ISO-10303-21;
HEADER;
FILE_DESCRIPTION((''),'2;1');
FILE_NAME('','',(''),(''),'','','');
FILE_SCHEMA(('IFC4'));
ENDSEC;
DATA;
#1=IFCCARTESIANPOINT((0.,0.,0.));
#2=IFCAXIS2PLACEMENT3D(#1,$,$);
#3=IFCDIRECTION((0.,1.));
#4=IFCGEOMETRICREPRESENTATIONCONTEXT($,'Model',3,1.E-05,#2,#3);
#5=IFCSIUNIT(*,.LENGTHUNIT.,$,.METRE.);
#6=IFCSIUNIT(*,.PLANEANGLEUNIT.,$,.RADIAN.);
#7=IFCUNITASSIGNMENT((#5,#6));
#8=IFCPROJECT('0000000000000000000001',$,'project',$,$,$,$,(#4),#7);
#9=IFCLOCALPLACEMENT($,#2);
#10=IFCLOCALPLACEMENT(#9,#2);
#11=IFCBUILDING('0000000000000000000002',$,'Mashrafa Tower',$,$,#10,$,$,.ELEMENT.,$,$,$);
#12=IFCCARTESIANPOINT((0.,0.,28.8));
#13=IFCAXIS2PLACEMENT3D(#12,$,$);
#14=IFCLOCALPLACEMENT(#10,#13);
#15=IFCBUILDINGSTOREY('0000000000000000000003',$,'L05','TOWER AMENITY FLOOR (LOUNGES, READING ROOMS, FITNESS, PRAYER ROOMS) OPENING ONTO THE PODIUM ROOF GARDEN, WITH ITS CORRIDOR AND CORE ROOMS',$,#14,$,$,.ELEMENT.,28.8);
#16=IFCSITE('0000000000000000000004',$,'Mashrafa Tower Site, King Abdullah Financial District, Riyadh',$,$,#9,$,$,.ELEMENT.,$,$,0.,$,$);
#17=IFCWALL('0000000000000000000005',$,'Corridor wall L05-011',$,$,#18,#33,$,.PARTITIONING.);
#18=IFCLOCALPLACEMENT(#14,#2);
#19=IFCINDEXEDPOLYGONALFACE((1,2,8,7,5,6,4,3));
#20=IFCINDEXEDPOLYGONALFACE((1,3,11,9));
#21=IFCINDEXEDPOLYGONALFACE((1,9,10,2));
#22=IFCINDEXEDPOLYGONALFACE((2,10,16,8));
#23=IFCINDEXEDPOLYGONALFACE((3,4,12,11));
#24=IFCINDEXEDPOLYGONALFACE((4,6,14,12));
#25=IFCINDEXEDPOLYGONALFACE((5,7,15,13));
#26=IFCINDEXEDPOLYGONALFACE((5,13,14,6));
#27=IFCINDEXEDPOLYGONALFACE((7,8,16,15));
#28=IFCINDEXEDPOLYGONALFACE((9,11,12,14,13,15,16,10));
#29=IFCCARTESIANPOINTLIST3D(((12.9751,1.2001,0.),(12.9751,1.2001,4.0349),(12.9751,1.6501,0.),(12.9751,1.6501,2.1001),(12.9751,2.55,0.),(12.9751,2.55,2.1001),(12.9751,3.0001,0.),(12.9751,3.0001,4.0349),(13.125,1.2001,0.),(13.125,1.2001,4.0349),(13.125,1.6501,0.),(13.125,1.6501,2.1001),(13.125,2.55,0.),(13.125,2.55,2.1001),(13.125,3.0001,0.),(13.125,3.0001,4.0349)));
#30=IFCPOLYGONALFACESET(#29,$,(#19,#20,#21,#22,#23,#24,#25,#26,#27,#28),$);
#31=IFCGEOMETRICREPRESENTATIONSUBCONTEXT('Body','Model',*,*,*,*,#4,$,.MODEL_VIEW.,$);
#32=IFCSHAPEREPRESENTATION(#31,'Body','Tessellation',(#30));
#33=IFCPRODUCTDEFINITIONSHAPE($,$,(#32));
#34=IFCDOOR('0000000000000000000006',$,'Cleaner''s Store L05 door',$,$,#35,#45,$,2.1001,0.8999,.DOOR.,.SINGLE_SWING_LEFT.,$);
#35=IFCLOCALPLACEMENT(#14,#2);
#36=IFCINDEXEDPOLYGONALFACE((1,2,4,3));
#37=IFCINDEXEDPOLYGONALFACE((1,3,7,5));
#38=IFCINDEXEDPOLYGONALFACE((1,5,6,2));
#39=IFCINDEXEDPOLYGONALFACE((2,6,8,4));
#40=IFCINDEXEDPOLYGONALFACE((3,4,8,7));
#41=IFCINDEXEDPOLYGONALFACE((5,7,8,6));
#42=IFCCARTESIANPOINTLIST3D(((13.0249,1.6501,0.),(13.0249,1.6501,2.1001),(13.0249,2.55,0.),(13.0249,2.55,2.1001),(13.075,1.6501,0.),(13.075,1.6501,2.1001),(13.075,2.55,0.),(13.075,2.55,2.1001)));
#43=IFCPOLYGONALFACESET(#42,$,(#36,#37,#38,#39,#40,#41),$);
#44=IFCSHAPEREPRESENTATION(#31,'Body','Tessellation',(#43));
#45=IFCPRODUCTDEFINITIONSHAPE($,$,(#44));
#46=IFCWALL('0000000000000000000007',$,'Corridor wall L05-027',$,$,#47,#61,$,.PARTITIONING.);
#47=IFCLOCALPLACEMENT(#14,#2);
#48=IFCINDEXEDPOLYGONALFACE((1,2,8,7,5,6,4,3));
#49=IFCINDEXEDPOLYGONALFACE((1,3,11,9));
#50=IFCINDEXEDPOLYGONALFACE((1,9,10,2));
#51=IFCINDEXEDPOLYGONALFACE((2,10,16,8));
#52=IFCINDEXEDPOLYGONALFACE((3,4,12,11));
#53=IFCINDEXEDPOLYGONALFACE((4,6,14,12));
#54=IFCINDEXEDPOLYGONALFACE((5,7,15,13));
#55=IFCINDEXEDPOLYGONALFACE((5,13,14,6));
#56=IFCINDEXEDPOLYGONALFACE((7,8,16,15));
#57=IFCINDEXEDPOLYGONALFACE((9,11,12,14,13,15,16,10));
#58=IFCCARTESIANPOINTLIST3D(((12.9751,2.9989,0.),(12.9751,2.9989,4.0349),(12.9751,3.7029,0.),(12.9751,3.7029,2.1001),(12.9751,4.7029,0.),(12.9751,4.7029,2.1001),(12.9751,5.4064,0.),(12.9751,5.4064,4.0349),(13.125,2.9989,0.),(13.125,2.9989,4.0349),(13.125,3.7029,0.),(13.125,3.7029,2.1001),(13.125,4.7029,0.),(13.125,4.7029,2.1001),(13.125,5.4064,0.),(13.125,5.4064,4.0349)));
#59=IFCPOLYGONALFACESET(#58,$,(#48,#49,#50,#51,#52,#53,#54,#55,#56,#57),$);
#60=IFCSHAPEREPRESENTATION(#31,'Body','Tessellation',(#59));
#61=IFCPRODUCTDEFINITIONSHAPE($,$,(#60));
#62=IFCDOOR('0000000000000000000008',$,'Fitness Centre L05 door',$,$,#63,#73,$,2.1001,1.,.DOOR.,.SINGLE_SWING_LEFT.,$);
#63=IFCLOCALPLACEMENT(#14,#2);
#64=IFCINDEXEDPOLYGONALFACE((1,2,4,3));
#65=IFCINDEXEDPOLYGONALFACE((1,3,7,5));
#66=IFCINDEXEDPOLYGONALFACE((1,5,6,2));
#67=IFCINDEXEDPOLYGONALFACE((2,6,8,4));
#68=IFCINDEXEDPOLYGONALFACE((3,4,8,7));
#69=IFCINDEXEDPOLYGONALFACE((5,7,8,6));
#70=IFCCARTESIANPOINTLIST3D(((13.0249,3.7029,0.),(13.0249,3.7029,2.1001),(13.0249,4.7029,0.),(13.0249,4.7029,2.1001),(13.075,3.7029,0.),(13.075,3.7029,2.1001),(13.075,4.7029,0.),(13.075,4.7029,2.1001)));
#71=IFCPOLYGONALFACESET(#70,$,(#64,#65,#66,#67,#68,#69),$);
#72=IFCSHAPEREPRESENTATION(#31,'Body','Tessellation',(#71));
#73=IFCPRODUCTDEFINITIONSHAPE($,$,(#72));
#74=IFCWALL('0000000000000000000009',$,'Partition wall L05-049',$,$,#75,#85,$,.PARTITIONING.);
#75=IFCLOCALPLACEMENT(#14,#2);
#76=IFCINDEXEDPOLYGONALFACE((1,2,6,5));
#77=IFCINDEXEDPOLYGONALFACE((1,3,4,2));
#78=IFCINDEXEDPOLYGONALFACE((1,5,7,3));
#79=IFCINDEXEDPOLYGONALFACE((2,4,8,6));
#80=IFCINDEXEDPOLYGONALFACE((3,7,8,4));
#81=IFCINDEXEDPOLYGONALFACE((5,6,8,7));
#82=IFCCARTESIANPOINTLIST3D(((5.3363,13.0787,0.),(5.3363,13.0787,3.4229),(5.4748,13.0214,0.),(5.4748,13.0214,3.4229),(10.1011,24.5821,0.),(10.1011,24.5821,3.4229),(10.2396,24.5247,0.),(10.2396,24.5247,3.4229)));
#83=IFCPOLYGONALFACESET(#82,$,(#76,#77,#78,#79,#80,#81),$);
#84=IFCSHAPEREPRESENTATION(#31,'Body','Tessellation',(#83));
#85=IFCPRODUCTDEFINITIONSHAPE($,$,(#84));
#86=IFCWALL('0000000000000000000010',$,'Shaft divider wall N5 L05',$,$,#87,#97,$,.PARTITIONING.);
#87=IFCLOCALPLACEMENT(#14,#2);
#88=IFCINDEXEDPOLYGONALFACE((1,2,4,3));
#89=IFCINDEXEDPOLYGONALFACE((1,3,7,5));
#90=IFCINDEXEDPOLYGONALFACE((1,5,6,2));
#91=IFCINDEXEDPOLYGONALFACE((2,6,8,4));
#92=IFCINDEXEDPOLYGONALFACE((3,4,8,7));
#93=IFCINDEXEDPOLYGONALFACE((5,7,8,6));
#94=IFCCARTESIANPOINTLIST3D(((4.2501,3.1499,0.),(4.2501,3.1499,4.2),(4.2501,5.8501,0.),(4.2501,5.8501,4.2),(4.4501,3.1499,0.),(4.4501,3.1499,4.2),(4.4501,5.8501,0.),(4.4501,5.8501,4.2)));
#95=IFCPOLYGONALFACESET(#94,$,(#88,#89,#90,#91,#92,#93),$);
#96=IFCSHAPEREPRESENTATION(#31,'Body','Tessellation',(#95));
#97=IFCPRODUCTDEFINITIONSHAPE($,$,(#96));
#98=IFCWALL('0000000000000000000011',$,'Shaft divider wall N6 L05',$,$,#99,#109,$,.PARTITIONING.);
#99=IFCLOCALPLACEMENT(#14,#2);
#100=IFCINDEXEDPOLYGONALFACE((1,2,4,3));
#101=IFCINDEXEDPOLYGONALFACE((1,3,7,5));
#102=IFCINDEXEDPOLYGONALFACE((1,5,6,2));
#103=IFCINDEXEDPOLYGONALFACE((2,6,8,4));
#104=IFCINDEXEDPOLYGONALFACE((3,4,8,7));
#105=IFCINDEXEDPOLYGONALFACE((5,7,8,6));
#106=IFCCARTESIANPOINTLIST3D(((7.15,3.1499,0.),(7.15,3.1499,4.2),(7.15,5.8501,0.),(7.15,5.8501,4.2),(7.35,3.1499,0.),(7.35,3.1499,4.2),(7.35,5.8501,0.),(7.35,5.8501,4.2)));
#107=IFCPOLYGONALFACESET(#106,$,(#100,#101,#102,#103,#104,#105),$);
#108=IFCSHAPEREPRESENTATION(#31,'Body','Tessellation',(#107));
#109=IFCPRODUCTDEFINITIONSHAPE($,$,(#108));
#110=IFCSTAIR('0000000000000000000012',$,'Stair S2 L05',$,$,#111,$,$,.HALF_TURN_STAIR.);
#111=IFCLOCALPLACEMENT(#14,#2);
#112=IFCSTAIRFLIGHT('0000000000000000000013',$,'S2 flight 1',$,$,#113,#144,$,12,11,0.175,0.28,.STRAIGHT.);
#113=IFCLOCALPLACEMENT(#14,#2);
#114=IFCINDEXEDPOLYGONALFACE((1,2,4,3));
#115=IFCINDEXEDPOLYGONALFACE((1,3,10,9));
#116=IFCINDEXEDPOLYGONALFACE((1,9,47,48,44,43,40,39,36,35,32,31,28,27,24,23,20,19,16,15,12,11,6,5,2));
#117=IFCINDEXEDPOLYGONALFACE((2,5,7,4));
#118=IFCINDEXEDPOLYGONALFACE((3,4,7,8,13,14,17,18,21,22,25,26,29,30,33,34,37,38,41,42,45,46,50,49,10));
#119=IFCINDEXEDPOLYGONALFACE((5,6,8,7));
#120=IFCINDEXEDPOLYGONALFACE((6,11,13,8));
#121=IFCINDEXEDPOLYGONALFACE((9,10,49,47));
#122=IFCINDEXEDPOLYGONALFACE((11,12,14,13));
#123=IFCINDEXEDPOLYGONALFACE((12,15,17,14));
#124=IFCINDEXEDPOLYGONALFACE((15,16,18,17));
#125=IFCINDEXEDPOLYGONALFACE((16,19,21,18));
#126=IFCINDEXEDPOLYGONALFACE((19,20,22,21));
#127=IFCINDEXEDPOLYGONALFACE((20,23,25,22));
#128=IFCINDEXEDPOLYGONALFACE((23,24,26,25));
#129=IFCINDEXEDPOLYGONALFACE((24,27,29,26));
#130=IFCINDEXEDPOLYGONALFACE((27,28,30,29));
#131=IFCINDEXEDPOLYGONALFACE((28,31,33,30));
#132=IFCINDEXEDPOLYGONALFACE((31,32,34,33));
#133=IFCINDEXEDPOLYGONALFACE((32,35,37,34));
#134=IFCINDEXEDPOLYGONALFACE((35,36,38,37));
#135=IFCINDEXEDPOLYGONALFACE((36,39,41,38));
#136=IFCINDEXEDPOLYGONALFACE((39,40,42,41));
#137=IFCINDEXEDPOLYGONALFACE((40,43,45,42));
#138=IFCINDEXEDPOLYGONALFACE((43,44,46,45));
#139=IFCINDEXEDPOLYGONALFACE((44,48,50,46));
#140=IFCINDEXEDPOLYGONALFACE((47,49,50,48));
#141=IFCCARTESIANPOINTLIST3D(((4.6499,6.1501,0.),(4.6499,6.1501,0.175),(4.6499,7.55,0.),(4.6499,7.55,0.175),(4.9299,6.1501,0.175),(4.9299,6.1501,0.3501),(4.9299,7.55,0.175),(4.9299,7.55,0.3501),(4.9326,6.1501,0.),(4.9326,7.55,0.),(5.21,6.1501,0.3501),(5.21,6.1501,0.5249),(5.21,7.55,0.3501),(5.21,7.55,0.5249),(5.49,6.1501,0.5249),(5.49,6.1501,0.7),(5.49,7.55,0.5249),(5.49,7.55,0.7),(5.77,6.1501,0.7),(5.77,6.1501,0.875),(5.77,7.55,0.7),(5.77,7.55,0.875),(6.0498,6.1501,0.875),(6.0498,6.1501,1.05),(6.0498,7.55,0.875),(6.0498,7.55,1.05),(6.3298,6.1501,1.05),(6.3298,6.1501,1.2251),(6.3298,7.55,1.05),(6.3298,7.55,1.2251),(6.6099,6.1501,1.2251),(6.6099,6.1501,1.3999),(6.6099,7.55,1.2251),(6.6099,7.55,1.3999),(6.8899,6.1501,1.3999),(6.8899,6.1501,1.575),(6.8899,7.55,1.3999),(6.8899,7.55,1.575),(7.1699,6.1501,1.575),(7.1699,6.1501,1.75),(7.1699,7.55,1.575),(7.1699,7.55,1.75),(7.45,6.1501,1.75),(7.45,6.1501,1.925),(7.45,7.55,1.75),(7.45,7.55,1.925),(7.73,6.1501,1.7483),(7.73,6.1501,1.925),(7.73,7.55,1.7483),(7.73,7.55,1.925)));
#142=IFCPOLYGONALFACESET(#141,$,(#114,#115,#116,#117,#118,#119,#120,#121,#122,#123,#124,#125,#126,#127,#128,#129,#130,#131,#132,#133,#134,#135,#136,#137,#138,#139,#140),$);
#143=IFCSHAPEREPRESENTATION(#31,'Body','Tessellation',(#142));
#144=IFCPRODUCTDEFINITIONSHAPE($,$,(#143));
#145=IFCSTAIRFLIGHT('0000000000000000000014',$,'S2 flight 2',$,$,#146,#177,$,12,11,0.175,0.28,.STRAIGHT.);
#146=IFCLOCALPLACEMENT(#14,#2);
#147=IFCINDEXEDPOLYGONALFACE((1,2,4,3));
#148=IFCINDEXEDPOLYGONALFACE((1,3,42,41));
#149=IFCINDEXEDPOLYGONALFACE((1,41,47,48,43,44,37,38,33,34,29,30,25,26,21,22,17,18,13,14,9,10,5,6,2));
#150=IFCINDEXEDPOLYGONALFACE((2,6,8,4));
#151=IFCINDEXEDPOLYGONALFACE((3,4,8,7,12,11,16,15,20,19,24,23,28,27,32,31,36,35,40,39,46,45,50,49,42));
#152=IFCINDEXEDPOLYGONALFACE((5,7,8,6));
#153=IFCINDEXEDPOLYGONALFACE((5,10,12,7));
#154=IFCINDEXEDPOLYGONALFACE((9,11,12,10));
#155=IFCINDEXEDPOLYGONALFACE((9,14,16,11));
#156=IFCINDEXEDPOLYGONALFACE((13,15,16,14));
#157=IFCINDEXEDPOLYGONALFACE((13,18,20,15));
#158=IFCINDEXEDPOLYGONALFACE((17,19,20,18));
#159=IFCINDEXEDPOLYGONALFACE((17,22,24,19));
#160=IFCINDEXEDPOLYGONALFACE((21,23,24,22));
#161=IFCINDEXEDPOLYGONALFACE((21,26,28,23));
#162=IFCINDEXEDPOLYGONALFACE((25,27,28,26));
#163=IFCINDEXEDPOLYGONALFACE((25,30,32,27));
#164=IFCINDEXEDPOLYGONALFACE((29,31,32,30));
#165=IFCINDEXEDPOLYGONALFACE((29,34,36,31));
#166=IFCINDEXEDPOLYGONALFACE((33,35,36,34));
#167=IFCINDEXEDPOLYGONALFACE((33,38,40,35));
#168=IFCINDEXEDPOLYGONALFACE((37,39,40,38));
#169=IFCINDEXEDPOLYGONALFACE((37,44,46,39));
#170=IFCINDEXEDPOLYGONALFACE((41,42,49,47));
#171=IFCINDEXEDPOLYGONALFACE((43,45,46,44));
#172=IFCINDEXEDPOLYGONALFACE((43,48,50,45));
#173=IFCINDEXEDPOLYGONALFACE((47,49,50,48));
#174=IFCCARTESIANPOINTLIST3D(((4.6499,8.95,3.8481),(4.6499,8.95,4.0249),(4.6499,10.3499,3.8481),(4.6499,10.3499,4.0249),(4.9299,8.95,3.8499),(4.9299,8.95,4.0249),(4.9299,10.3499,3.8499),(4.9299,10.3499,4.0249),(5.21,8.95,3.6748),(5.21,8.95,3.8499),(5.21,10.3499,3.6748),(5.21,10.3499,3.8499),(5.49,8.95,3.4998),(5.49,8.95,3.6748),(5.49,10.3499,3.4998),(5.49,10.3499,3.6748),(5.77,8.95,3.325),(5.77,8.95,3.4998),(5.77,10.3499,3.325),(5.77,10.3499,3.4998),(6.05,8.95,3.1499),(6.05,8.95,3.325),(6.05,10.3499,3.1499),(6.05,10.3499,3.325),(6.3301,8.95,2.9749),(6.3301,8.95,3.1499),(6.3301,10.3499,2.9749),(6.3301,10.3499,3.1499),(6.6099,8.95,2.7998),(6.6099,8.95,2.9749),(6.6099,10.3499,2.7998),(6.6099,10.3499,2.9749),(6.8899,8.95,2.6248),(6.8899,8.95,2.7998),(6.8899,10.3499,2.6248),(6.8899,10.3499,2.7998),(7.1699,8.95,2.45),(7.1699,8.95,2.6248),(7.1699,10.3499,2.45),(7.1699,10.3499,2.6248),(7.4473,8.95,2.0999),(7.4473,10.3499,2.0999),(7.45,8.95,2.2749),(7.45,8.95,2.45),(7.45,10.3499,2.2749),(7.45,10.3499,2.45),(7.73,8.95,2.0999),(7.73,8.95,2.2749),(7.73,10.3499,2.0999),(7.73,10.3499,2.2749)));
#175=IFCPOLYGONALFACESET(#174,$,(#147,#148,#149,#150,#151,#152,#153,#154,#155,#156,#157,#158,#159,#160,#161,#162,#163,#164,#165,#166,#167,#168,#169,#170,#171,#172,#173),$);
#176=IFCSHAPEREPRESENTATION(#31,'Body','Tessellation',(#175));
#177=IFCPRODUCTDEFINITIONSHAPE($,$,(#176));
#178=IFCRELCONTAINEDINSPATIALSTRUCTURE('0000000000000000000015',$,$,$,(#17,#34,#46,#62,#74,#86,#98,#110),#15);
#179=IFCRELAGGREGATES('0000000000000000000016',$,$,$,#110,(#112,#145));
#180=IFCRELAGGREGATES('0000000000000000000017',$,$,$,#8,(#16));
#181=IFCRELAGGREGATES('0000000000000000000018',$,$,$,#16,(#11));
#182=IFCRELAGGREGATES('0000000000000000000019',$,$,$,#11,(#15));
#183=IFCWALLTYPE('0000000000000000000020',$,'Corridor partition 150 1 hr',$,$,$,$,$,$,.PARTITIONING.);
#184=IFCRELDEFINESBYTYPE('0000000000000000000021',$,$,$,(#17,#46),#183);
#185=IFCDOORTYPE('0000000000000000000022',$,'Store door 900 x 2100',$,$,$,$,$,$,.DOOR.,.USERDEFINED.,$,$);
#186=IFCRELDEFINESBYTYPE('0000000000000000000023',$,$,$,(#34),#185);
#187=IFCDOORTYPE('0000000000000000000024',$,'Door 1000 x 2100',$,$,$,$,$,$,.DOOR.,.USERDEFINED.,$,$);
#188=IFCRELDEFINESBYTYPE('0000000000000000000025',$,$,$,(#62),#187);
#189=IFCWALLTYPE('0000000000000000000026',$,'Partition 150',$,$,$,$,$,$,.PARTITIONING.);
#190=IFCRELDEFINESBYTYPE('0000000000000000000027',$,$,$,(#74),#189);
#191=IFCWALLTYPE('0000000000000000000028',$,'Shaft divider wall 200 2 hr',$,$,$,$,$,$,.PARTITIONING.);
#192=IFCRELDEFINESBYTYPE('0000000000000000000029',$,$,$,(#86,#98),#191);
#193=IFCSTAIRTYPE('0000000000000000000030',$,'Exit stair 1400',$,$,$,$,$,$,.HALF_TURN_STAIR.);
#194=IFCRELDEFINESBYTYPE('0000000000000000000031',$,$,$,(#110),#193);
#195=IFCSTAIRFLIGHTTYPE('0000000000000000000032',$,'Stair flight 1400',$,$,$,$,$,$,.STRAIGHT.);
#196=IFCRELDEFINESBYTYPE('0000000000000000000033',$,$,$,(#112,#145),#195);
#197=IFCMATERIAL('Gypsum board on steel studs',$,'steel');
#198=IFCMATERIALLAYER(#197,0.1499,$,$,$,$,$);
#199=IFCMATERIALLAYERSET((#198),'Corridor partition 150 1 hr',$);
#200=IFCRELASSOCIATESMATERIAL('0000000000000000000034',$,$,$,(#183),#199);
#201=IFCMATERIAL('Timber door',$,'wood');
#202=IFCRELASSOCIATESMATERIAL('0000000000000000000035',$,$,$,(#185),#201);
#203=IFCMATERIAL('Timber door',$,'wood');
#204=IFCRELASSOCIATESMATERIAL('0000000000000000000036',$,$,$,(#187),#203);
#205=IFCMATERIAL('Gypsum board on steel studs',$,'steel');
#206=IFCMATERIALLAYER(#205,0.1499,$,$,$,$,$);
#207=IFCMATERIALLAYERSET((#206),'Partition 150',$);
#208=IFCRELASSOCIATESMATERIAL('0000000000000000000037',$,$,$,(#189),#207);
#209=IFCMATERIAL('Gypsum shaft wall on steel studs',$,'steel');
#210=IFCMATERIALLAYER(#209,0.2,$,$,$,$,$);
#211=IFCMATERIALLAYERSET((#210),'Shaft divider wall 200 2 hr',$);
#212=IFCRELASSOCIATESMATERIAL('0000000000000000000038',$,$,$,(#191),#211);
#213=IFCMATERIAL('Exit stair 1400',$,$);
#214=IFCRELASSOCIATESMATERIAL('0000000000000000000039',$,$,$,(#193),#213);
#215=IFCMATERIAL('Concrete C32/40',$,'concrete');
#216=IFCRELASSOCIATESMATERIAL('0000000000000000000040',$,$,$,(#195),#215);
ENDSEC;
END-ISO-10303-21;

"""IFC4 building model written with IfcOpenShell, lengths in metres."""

from ifc_helpers import new_model, si_unit, direction, frame, frame_2d, origin, place, context, subcontext, project, spatial, polyline, rectangle, outline, extrude, material, layer, layer_set, type_object, element, fill, aggregate, save


model = new_model("IFC4")

# Units and contexts
model_context = context("Model", 3, precision=1e-05, world=origin(), true_north=direction((0.0, 1.0)))
body_context = subcontext(model_context, "Body", "Model", "MODEL_VIEW")
ifc_project = project(units=[si_unit("LENGTHUNIT", "METRE"), si_unit("PLANEANGLEUNIT", "RADIAN")], contexts=[model_context])

# Site, building, storey
site_placement = place(None, origin())
site = spatial("IfcSite", under=ifc_project, at=site_placement, Name="Mashrafa Tower Site, King Abdullah Financial District, Riyadh", CompositionType="ELEMENT", RefElevation=0.0)
building_placement = place(site_placement, origin())
building = spatial("IfcBuilding", under=site, at=building_placement, Name="Mashrafa Tower", CompositionType="ELEMENT")
storey_placement = place(building_placement, frame((0.0, 0.0, 28.8)))
storey = spatial("IfcBuildingStorey", under=building, at=storey_placement, Name="L05", Description="TOWER AMENITY FLOOR (LOUNGES, READING ROOMS, FITNESS, PRAYER ROOMS) OPENING ONTO THE PODIUM ROOF GARDEN, WITH ITS CORRIDOR AND CORE ROOMS", CompositionType="ELEMENT", Elevation=28.8)

# Walls, openings, doors
ifc_material_1 = material(Name="Gypsum board on steel studs", Category="steel")
ifc_layer_1 = layer(ifc_material_1, 0.1499)
ifc_layer_set_1 = layer_set([ifc_layer_1], Name="Corridor partition 150 1 hr")
wall_type_1 = type_object("IfcWallType", Name="Corridor partition 150 1 hr", PredefinedType="PARTITIONING", material=ifc_layer_set_1)
wall_1_placement = place(storey_placement, frame((13.05, 3.0, 0.0), z_axis=(0.0, 0.0, 1.0), x_axis=(0.0, -1.0, 0.0)))
wall_1 = element("IfcWall", 1, at=wall_1_placement, inside=storey, type_object=wall_type_1, Name="Corridor wall L05-011", PredefinedType="PARTITIONING", context=body_context, shape_type="SweptSolid", body=[
    extrude(rectangle(XDim=1.8, YDim=0.1499, at=frame_2d((0.8999, 0.0))), origin(), (0.0, 0.0, 1.0), 4.0349),
])
opening_1_placement = place(wall_1_placement, frame((0.45, 0.0, 0.0)))
opening_1 = element("IfcOpeningElement", 2, at=opening_1_placement, cuts=wall_1, PredefinedType="OPENING", context=body_context, shape_type="SweptSolid", body=[
    extrude(rectangle(XDim=0.8999, YDim=2.1001, at=frame_2d((0.45, 1.05))), frame((0.0, 0.085, 0.0), z_axis=(0.0, -1.0, 0.0), x_axis=(1.0, 0.0, 0.0)), (0.0, 0.0, 1.0), 0.1699),
])
ifc_material_2 = material(Name="Timber door", Category="wood")
door_type_1 = type_object("IfcDoorType", Name="Store door 900 x 2100", OperationType="USERDEFINED", PredefinedType="DOOR", material=ifc_material_2)
door_1_placement = place(opening_1_placement, origin())
door_1 = element("IfcDoor", 3, at=door_1_placement, inside=storey, type_object=door_type_1, Name="Cleaner's Store L05 door", OperationType="SINGLE_SWING_LEFT", OverallHeight=2.1001, OverallWidth=0.8999, PredefinedType="DOOR", context=body_context, shape_type="SweptSolid", body=[
    extrude(rectangle(XDim=0.8999, YDim=2.1001, at=frame_2d((0.45, 1.05))), frame((0.0, 0.0249, 0.0), z_axis=(0.0, -1.0, 0.0), x_axis=(1.0, 0.0, 0.0)), (0.0, 0.0, 1.0), 0.05),
])
fill(opening_1, door_1)
wall_2_placement = place(storey_placement, frame((13.05, 2.999, 0.0), z_axis=(0.0, 0.0, 1.0), x_axis=(0.0, 1.0, 0.0)))
wall_2 = element("IfcWall", 4, at=wall_2_placement, inside=storey, type_object=wall_type_1, Name="Corridor wall L05-027", PredefinedType="PARTITIONING", context=body_context, shape_type="SweptSolid", body=[
    extrude(rectangle(XDim=2.4075, YDim=0.1499, at=frame_2d((1.2036, 0.0))), origin(), (0.0, 0.0, 1.0), 4.0349),
])
opening_2_placement = place(wall_2_placement, frame((0.7039, 0.0, 0.0)))
opening_2 = element("IfcOpeningElement", 5, at=opening_2_placement, cuts=wall_2, PredefinedType="OPENING", context=body_context, shape_type="SweptSolid", body=[
    extrude(rectangle(XDim=1.0, YDim=2.1001, at=frame_2d((0.5, 1.05))), frame((0.0, 0.085, 0.0), z_axis=(0.0, -1.0, 0.0), x_axis=(1.0, 0.0, 0.0)), (0.0, 0.0, 1.0), 0.1699),
])
ifc_material_3 = material(Name="Timber door", Category="wood")
door_type_2 = type_object("IfcDoorType", Name="Door 1000 x 2100", OperationType="USERDEFINED", PredefinedType="DOOR", material=ifc_material_3)
door_2_placement = place(opening_2_placement, frame((1.0, 0.0, 0.0), z_axis=(0.0, 0.0, 1.0), x_axis=(-1.0, 0.0, 0.0)))
door_2 = element("IfcDoor", 6, at=door_2_placement, inside=storey, type_object=door_type_2, Name="Fitness Centre L05 door", OperationType="SINGLE_SWING_LEFT", OverallHeight=2.1001, OverallWidth=1.0, PredefinedType="DOOR", context=body_context, shape_type="SweptSolid", body=[
    extrude(rectangle(XDim=1.0, YDim=2.1001, at=frame_2d((0.5, 1.05))), frame((0.0, 0.0249, 0.0), z_axis=(0.0, -1.0, 0.0), x_axis=(1.0, 0.0, 0.0)), (0.0, 0.0, 1.0), 0.05),
])
fill(opening_2, door_2)

# Walls
ifc_material_4 = material(Name="Gypsum board on steel studs", Category="steel")
ifc_layer_2 = layer(ifc_material_4, 0.1499)
ifc_layer_set_2 = layer_set([ifc_layer_2], Name="Partition 150")
wall_type_2 = type_object("IfcWallType", Name="Partition 150", PredefinedType="PARTITIONING", material=ifc_layer_set_2)
wall_3_placement = place(storey_placement, frame((5.4055, 13.05, 0.0), z_axis=(0.0, 0.0, 1.0), x_axis=(0.382685, 0.923879, 0.0)))
element("IfcWall", 7, at=wall_3_placement, inside=storey, type_object=wall_type_2, Name="Partition wall L05-049", PredefinedType="PARTITIONING", context=body_context, shape_type="SweptSolid", body=[
    extrude(rectangle(XDim=12.4512, YDim=0.1499, at=frame_2d((6.2256, 0.0))), origin(), (0.0, 0.0, 1.0), 3.4229),
])
ifc_material_5 = material(Name="Gypsum shaft wall on steel studs", Category="steel")
ifc_layer_3 = layer(ifc_material_5, 0.2)
ifc_layer_set_3 = layer_set([ifc_layer_3], Name="Shaft divider wall 200 2 hr")
wall_type_3 = type_object("IfcWallType", Name="Shaft divider wall 200 2 hr", PredefinedType="PARTITIONING", material=ifc_layer_set_3)
for number, where, z_axis, x_axis, name in (
    (8, (4.3501, 3.1499, 0.0), (0.0, 0.0, 1.0), (0.0, 1.0, 0.0), "Shaft divider wall N5 L05"),
    (9, (7.25, 3.1499, 0.0), (0.0, 0.0, 1.0), (0.0, 1.0, 0.0), "Shaft divider wall N6 L05"),
):
    element("IfcWall", number, at=place(storey_placement, frame(where, z_axis=z_axis, x_axis=x_axis)), inside=storey, type_object=wall_type_3, Name=name, PredefinedType="PARTITIONING", context=body_context, shape_type="SweptSolid", body=[
        extrude(rectangle(XDim=2.7002, YDim=0.2, at=frame_2d((1.3501, 0.0))), origin(), (0.0, 0.0, 1.0), 4.2),
    ])

# Stair, stair flights
ifc_material_6 = material(Name="Exit stair 1400")
stair_type = type_object("IfcStairType", Name="Exit stair 1400", PredefinedType="HALF_TURN_STAIR", material=ifc_material_6)
stair_placement = place(storey_placement, origin())
stair = element("IfcStair", 10, at=stair_placement, inside=storey, type_object=stair_type, Name="Stair S2 L05", PredefinedType="HALF_TURN_STAIR")
ifc_material_7 = material(Name="Concrete C32/40", Category="concrete")
stair_flight_type = type_object("IfcStairFlightType", Name="Stair flight 1400", PredefinedType="STRAIGHT", material=ifc_material_7)
stair_flight_1_placement = place(storey_placement, frame((4.6499, 6.8501, 0.0), z_axis=(0.0, 0.0, 1.0), x_axis=(1.0, 0.0, 0.0)))
stair_flight_1 = element("IfcStairFlight", 11, at=stair_flight_1_placement, type_object=stair_flight_type, Name="S2 flight 1", NumberOfRisers=12, NumberOfTreads=11, PredefinedType="STRAIGHT", RiserHeight=0.175, TreadLength=0.28, context=body_context, shape_type="SweptSolid", body=[
    extrude(outline(polyline([(0.0, 0.0), (0.0, 0.175), (0.28, 0.175), (0.28, 0.3501), (0.5601, 0.3501), (0.5601, 0.5249), (0.8401, 0.5249), (0.8401, 0.7), (1.1201, 0.7), (1.1201, 0.875), (1.3999, 0.875), (1.3999, 1.05), (1.6799, 1.05), (1.6799, 1.2251), (1.96, 1.2251), (1.96, 1.3999), (2.24, 1.3999), (2.24, 1.575), (2.52, 1.575), (2.52, 1.75), (2.8, 1.75), (2.8, 1.925), (3.0801, 1.925), (3.0801, 2.1001), (3.0801, 1.7483), (0.2827, 0.0), (0.0, 0.0)])), frame((0.0, 0.7, 0.0), z_axis=(0.0, -1.0, 0.0), x_axis=(1.0, 0.0, 0.0)), (0.0, 0.0, 1.0), 1.3999),
])
stair_flight_2_placement = place(storey_placement, frame((7.73, 9.6499, 2.0999), z_axis=(0.0, 0.0, 1.0), x_axis=(-1.0, 0.0, 0.0)))
stair_flight_2 = element("IfcStairFlight", 12, at=stair_flight_2_placement, type_object=stair_flight_type, Name="S2 flight 2", NumberOfRisers=12, NumberOfTreads=11, PredefinedType="STRAIGHT", RiserHeight=0.175, TreadLength=0.28, context=body_context, shape_type="SweptSolid", body=[
    extrude(outline(polyline([(0.0, 0.0), (0.0, 0.175), (0.28, 0.175), (0.28, 0.3501), (0.5601, 0.3501), (0.5601, 0.5249), (0.8401, 0.5249), (0.8401, 0.7), (1.1201, 0.7), (1.1201, 0.875), (1.3999, 0.875), (1.3999, 1.05), (1.6799, 1.05), (1.6799, 1.2251), (1.96, 1.2251), (1.96, 1.3999), (2.24, 1.3999), (2.24, 1.575), (2.52, 1.575), (2.52, 1.75), (2.8, 1.75), (2.8, 1.925), (3.0801, 1.925), (3.0801, 2.1001), (3.0801, 1.7483), (0.2827, 0.0), (0.0, 0.0)])), frame((0.0, 0.7, 0.0), z_axis=(0.0, -1.0, 0.0), x_axis=(1.0, 0.0, 0.0)), (0.0, 0.0, 1.0), 1.3999),
])
aggregate(stair, [stair_flight_1, stair_flight_2])

save(model, "model.ifc")
